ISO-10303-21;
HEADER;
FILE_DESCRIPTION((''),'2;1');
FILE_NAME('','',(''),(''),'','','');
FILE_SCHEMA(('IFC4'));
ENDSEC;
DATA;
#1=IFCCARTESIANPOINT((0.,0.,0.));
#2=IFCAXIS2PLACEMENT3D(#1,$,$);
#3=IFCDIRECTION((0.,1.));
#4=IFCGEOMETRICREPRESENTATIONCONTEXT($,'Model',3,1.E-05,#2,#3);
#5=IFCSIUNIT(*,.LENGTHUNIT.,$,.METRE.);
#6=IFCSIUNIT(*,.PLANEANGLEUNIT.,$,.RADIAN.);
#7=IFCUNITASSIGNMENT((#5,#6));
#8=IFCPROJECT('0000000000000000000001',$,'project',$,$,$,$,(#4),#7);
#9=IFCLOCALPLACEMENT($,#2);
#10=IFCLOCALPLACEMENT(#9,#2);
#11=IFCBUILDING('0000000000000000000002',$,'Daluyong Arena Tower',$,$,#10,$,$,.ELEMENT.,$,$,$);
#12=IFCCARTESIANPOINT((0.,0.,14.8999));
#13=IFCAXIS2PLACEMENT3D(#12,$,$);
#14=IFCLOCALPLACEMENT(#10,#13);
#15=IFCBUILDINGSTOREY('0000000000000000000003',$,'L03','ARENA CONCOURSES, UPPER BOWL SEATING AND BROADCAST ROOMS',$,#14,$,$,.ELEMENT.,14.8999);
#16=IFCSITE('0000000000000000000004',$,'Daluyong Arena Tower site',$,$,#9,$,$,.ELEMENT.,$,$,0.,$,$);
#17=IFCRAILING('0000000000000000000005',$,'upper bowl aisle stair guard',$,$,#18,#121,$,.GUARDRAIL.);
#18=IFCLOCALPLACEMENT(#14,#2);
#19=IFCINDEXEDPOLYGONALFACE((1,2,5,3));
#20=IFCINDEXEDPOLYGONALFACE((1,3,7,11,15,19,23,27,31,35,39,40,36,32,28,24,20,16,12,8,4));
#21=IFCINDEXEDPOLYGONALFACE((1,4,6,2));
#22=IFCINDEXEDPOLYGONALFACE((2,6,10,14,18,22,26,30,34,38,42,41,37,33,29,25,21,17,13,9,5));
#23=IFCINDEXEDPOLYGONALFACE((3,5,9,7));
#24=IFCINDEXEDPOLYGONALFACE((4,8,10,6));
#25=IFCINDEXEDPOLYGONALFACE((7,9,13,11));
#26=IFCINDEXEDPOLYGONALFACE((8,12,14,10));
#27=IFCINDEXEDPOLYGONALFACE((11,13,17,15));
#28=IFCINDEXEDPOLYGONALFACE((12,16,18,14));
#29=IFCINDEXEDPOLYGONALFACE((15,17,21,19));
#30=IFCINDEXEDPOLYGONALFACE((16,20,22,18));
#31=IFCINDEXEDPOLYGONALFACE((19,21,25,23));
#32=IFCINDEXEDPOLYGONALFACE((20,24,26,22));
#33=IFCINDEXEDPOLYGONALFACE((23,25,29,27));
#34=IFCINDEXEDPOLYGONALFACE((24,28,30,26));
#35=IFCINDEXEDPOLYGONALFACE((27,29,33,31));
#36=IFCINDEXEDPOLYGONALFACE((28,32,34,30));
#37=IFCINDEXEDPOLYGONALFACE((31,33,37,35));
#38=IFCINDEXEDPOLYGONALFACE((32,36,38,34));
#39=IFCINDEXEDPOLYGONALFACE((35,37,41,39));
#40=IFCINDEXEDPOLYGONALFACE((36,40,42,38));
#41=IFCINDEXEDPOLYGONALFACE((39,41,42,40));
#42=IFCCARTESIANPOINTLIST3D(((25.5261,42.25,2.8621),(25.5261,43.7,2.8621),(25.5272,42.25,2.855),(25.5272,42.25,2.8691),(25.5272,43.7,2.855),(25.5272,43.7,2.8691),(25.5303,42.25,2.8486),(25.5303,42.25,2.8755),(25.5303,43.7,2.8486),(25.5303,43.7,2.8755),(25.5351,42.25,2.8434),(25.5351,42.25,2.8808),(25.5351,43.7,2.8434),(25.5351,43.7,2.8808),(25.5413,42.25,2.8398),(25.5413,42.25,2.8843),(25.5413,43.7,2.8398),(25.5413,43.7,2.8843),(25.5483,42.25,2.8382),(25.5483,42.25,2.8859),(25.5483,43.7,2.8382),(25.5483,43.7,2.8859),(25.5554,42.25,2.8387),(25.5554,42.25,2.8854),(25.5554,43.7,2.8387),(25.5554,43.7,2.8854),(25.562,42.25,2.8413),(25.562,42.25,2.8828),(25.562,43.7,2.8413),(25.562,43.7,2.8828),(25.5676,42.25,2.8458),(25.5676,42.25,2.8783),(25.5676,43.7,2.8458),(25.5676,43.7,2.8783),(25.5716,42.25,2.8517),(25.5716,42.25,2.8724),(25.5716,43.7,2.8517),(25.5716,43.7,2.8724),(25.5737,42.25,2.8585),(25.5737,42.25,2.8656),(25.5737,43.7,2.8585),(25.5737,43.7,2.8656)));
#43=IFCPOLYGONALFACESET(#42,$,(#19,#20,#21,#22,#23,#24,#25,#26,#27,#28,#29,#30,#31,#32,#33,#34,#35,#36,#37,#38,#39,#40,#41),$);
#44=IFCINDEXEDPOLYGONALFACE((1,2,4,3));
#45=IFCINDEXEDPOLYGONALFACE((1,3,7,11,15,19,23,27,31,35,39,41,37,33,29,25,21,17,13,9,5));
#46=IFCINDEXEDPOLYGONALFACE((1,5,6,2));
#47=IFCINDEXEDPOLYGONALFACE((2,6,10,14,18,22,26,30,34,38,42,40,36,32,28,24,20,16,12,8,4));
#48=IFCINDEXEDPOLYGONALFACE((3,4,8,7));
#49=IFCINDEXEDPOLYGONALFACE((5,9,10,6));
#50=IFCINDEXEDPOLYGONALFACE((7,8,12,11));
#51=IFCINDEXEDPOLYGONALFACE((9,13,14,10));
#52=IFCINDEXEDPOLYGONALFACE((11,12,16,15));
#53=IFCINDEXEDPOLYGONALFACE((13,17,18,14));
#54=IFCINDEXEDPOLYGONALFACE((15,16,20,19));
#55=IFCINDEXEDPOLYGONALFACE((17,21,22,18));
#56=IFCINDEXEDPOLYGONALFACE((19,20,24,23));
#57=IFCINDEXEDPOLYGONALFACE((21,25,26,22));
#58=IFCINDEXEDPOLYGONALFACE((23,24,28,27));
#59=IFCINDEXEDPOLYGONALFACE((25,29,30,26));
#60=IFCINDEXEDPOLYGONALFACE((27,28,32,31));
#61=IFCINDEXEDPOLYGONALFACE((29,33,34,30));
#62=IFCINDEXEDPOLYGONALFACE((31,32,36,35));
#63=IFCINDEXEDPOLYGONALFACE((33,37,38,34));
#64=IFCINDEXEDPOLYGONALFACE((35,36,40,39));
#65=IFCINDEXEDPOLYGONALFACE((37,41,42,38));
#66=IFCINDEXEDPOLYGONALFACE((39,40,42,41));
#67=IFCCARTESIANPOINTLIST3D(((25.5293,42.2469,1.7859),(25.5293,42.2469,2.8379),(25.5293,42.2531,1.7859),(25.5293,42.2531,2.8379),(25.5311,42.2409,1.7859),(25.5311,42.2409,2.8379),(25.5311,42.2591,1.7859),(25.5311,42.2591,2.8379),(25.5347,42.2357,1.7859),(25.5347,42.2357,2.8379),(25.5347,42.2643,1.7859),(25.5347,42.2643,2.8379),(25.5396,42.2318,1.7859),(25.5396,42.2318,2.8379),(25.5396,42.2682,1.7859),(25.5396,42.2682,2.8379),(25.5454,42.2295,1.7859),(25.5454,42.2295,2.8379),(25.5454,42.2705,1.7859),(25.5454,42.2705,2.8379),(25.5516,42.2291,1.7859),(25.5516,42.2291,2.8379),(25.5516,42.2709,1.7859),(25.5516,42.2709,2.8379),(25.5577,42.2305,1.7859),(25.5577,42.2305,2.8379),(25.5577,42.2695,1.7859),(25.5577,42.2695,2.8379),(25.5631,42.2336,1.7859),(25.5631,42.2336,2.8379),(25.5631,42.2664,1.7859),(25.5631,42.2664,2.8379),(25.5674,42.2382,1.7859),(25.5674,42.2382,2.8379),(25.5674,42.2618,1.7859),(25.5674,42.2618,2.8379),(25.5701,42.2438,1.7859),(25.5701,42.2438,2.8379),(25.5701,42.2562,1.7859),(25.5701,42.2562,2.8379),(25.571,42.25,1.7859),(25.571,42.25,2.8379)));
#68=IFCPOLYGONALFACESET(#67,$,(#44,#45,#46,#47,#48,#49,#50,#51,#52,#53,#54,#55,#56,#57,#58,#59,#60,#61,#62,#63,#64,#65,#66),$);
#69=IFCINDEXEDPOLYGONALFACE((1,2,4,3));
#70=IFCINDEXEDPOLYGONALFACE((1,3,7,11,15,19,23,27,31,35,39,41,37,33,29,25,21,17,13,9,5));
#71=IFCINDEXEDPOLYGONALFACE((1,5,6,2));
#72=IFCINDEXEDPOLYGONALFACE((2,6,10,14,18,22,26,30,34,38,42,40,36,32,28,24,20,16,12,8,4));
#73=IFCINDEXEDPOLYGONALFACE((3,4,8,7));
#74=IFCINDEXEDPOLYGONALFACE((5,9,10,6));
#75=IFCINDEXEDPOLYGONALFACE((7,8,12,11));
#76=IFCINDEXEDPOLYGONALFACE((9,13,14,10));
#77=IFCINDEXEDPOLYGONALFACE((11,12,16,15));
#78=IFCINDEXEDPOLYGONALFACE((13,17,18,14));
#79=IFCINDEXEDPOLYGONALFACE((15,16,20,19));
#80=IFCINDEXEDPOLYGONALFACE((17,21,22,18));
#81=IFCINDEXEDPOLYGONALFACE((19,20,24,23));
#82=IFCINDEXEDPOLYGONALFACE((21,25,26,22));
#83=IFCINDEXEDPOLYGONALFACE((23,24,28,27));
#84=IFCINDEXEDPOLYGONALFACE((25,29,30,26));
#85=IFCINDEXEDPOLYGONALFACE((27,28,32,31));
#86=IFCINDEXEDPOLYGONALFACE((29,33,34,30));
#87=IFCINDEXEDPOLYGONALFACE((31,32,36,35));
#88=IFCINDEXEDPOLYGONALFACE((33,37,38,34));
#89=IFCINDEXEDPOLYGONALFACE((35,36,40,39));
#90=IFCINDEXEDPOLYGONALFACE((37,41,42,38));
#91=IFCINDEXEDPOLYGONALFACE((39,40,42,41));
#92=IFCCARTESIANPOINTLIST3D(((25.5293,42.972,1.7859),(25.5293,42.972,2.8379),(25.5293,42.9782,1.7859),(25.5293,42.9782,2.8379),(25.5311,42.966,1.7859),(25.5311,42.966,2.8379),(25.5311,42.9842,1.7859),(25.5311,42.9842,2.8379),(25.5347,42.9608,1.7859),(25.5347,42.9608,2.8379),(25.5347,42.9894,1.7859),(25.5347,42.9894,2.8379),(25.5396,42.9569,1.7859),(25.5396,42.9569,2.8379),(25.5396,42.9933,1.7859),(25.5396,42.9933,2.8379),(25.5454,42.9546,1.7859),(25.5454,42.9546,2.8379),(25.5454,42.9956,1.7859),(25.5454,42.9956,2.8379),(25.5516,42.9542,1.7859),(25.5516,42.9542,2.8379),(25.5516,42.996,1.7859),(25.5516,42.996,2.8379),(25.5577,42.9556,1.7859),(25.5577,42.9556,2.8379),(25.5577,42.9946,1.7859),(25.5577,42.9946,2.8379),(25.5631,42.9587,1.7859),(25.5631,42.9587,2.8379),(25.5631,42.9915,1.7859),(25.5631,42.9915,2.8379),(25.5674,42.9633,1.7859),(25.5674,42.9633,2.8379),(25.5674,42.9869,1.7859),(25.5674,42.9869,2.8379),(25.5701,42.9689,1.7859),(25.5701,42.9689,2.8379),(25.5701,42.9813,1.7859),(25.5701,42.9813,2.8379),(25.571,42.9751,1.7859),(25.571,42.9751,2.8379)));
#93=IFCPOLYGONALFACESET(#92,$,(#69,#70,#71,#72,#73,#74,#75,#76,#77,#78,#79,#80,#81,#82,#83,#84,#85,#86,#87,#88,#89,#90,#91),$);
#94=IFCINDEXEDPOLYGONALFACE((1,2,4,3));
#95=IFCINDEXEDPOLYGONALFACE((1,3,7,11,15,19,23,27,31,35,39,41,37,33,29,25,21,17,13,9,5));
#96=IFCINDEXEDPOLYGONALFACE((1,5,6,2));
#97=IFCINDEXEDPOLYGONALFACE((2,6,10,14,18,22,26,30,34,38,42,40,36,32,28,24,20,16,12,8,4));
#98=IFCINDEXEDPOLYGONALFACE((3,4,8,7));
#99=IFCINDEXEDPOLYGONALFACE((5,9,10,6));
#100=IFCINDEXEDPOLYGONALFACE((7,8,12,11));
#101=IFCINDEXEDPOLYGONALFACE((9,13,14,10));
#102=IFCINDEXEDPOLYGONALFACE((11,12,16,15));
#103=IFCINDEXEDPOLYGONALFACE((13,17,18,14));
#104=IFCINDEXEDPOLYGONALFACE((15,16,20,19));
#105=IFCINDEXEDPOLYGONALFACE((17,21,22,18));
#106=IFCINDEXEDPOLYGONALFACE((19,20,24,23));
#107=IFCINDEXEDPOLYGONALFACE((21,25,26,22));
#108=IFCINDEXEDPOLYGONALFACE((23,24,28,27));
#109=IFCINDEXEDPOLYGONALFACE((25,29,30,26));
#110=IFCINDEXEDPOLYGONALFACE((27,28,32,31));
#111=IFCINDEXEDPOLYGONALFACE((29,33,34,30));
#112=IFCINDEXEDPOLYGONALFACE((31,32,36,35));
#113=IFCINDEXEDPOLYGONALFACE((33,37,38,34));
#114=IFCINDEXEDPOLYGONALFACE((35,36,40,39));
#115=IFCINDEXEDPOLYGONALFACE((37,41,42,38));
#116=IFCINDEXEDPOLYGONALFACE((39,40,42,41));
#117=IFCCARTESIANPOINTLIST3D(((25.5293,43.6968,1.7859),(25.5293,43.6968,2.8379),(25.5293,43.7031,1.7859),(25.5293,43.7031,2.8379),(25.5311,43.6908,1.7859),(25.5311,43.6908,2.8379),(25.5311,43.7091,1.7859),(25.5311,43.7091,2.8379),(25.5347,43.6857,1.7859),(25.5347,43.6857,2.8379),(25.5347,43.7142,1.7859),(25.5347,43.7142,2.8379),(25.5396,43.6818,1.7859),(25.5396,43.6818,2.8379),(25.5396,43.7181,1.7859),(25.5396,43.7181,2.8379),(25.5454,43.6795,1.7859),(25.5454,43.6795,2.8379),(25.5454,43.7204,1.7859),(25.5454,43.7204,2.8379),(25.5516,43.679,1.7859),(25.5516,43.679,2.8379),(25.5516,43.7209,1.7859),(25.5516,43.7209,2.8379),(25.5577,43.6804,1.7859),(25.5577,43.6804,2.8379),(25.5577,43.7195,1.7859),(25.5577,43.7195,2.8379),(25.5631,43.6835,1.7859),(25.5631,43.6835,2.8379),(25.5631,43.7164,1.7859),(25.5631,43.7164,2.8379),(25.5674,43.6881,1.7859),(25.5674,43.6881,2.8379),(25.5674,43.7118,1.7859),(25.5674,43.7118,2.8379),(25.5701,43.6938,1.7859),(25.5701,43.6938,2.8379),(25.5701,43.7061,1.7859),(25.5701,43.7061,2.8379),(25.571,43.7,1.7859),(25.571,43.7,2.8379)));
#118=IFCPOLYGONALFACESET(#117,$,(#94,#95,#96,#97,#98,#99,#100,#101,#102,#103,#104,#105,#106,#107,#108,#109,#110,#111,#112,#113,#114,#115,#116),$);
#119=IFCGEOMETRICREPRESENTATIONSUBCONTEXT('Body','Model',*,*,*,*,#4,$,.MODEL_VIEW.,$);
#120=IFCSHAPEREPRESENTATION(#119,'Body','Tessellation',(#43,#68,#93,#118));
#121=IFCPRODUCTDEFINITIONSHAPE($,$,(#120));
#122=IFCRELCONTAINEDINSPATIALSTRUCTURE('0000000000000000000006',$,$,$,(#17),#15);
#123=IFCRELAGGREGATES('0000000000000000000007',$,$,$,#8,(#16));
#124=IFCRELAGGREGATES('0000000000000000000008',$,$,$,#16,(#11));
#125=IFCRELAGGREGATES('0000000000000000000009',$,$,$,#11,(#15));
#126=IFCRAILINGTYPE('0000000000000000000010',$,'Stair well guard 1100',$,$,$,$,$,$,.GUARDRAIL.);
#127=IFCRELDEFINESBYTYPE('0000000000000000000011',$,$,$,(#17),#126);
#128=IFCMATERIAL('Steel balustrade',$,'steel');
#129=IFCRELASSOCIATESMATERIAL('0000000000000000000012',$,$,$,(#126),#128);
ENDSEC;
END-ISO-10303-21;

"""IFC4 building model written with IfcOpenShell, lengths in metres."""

from ifc_helpers import new_model, si_unit, direction, frame, origin, origin_2d, place, context, subcontext, project, spatial, circle, extrude, material, type_object, element, save


model = new_model("IFC4")

# Units and contexts
model_context = context("Model", 3, precision=1e-05, world=origin(), true_north=direction((0.0, 1.0)))
body_context = subcontext(model_context, "Body", "Model", "MODEL_VIEW")
ifc_project = project(units=[si_unit("LENGTHUNIT", "METRE"), si_unit("PLANEANGLEUNIT", "RADIAN")], contexts=[model_context])

# Site, building, storey
site_placement = place(None, origin())
site = spatial("IfcSite", under=ifc_project, at=site_placement, Name="Daluyong Arena Tower site", CompositionType="ELEMENT", RefElevation=0.0)
building_placement = place(site_placement, origin())
building = spatial("IfcBuilding", under=site, at=building_placement, Name="Daluyong Arena Tower", CompositionType="ELEMENT")
storey_placement = place(building_placement, frame((0.0, 0.0, 14.8999)))
storey = spatial("IfcBuildingStorey", under=building, at=storey_placement, Name="L03", Description="ARENA CONCOURSES, UPPER BOWL SEATING AND BROADCAST ROOMS", CompositionType="ELEMENT", Elevation=14.8999)

# Railing
ifc_material_1 = material(Name="Steel balustrade", Category="steel")
railing_type_1 = type_object("IfcRailingType", Name="Stair well guard 1100", PredefinedType="GUARDRAIL", material=ifc_material_1)
railing_1_placement = place(storey_placement, frame((25.55, 42.25, 1.7859)))
element("IfcRailing", 1, at=railing_1_placement, inside=storey, type_object=railing_type_1, Name="upper bowl aisle stair guard", PredefinedType="GUARDRAIL", context=body_context, shape_type="SweptSolid", body=[
    extrude(circle(Radius=0.0239, at=origin_2d()), frame((0.0, 0.0, 1.0762), z_axis=(0.0, 1.0, 0.0), x_axis=(-1.0, 0.0, 0.0)), (0.0, 0.0, 1.0), 1.45),
    extrude(circle(Radius=0.021, at=origin_2d()), origin(), (0.0, 0.0, 1.0), 1.052),
    extrude(circle(Radius=0.021, at=origin_2d()), frame((0.0, 0.7251, 0.0)), (0.0, 0.0, 1.0), 1.052),
    extrude(circle(Radius=0.021, at=origin_2d()), frame((0.0, 1.45, 0.0)), (0.0, 0.0, 1.0), 1.052),
])

save(model, "model.ifc")
